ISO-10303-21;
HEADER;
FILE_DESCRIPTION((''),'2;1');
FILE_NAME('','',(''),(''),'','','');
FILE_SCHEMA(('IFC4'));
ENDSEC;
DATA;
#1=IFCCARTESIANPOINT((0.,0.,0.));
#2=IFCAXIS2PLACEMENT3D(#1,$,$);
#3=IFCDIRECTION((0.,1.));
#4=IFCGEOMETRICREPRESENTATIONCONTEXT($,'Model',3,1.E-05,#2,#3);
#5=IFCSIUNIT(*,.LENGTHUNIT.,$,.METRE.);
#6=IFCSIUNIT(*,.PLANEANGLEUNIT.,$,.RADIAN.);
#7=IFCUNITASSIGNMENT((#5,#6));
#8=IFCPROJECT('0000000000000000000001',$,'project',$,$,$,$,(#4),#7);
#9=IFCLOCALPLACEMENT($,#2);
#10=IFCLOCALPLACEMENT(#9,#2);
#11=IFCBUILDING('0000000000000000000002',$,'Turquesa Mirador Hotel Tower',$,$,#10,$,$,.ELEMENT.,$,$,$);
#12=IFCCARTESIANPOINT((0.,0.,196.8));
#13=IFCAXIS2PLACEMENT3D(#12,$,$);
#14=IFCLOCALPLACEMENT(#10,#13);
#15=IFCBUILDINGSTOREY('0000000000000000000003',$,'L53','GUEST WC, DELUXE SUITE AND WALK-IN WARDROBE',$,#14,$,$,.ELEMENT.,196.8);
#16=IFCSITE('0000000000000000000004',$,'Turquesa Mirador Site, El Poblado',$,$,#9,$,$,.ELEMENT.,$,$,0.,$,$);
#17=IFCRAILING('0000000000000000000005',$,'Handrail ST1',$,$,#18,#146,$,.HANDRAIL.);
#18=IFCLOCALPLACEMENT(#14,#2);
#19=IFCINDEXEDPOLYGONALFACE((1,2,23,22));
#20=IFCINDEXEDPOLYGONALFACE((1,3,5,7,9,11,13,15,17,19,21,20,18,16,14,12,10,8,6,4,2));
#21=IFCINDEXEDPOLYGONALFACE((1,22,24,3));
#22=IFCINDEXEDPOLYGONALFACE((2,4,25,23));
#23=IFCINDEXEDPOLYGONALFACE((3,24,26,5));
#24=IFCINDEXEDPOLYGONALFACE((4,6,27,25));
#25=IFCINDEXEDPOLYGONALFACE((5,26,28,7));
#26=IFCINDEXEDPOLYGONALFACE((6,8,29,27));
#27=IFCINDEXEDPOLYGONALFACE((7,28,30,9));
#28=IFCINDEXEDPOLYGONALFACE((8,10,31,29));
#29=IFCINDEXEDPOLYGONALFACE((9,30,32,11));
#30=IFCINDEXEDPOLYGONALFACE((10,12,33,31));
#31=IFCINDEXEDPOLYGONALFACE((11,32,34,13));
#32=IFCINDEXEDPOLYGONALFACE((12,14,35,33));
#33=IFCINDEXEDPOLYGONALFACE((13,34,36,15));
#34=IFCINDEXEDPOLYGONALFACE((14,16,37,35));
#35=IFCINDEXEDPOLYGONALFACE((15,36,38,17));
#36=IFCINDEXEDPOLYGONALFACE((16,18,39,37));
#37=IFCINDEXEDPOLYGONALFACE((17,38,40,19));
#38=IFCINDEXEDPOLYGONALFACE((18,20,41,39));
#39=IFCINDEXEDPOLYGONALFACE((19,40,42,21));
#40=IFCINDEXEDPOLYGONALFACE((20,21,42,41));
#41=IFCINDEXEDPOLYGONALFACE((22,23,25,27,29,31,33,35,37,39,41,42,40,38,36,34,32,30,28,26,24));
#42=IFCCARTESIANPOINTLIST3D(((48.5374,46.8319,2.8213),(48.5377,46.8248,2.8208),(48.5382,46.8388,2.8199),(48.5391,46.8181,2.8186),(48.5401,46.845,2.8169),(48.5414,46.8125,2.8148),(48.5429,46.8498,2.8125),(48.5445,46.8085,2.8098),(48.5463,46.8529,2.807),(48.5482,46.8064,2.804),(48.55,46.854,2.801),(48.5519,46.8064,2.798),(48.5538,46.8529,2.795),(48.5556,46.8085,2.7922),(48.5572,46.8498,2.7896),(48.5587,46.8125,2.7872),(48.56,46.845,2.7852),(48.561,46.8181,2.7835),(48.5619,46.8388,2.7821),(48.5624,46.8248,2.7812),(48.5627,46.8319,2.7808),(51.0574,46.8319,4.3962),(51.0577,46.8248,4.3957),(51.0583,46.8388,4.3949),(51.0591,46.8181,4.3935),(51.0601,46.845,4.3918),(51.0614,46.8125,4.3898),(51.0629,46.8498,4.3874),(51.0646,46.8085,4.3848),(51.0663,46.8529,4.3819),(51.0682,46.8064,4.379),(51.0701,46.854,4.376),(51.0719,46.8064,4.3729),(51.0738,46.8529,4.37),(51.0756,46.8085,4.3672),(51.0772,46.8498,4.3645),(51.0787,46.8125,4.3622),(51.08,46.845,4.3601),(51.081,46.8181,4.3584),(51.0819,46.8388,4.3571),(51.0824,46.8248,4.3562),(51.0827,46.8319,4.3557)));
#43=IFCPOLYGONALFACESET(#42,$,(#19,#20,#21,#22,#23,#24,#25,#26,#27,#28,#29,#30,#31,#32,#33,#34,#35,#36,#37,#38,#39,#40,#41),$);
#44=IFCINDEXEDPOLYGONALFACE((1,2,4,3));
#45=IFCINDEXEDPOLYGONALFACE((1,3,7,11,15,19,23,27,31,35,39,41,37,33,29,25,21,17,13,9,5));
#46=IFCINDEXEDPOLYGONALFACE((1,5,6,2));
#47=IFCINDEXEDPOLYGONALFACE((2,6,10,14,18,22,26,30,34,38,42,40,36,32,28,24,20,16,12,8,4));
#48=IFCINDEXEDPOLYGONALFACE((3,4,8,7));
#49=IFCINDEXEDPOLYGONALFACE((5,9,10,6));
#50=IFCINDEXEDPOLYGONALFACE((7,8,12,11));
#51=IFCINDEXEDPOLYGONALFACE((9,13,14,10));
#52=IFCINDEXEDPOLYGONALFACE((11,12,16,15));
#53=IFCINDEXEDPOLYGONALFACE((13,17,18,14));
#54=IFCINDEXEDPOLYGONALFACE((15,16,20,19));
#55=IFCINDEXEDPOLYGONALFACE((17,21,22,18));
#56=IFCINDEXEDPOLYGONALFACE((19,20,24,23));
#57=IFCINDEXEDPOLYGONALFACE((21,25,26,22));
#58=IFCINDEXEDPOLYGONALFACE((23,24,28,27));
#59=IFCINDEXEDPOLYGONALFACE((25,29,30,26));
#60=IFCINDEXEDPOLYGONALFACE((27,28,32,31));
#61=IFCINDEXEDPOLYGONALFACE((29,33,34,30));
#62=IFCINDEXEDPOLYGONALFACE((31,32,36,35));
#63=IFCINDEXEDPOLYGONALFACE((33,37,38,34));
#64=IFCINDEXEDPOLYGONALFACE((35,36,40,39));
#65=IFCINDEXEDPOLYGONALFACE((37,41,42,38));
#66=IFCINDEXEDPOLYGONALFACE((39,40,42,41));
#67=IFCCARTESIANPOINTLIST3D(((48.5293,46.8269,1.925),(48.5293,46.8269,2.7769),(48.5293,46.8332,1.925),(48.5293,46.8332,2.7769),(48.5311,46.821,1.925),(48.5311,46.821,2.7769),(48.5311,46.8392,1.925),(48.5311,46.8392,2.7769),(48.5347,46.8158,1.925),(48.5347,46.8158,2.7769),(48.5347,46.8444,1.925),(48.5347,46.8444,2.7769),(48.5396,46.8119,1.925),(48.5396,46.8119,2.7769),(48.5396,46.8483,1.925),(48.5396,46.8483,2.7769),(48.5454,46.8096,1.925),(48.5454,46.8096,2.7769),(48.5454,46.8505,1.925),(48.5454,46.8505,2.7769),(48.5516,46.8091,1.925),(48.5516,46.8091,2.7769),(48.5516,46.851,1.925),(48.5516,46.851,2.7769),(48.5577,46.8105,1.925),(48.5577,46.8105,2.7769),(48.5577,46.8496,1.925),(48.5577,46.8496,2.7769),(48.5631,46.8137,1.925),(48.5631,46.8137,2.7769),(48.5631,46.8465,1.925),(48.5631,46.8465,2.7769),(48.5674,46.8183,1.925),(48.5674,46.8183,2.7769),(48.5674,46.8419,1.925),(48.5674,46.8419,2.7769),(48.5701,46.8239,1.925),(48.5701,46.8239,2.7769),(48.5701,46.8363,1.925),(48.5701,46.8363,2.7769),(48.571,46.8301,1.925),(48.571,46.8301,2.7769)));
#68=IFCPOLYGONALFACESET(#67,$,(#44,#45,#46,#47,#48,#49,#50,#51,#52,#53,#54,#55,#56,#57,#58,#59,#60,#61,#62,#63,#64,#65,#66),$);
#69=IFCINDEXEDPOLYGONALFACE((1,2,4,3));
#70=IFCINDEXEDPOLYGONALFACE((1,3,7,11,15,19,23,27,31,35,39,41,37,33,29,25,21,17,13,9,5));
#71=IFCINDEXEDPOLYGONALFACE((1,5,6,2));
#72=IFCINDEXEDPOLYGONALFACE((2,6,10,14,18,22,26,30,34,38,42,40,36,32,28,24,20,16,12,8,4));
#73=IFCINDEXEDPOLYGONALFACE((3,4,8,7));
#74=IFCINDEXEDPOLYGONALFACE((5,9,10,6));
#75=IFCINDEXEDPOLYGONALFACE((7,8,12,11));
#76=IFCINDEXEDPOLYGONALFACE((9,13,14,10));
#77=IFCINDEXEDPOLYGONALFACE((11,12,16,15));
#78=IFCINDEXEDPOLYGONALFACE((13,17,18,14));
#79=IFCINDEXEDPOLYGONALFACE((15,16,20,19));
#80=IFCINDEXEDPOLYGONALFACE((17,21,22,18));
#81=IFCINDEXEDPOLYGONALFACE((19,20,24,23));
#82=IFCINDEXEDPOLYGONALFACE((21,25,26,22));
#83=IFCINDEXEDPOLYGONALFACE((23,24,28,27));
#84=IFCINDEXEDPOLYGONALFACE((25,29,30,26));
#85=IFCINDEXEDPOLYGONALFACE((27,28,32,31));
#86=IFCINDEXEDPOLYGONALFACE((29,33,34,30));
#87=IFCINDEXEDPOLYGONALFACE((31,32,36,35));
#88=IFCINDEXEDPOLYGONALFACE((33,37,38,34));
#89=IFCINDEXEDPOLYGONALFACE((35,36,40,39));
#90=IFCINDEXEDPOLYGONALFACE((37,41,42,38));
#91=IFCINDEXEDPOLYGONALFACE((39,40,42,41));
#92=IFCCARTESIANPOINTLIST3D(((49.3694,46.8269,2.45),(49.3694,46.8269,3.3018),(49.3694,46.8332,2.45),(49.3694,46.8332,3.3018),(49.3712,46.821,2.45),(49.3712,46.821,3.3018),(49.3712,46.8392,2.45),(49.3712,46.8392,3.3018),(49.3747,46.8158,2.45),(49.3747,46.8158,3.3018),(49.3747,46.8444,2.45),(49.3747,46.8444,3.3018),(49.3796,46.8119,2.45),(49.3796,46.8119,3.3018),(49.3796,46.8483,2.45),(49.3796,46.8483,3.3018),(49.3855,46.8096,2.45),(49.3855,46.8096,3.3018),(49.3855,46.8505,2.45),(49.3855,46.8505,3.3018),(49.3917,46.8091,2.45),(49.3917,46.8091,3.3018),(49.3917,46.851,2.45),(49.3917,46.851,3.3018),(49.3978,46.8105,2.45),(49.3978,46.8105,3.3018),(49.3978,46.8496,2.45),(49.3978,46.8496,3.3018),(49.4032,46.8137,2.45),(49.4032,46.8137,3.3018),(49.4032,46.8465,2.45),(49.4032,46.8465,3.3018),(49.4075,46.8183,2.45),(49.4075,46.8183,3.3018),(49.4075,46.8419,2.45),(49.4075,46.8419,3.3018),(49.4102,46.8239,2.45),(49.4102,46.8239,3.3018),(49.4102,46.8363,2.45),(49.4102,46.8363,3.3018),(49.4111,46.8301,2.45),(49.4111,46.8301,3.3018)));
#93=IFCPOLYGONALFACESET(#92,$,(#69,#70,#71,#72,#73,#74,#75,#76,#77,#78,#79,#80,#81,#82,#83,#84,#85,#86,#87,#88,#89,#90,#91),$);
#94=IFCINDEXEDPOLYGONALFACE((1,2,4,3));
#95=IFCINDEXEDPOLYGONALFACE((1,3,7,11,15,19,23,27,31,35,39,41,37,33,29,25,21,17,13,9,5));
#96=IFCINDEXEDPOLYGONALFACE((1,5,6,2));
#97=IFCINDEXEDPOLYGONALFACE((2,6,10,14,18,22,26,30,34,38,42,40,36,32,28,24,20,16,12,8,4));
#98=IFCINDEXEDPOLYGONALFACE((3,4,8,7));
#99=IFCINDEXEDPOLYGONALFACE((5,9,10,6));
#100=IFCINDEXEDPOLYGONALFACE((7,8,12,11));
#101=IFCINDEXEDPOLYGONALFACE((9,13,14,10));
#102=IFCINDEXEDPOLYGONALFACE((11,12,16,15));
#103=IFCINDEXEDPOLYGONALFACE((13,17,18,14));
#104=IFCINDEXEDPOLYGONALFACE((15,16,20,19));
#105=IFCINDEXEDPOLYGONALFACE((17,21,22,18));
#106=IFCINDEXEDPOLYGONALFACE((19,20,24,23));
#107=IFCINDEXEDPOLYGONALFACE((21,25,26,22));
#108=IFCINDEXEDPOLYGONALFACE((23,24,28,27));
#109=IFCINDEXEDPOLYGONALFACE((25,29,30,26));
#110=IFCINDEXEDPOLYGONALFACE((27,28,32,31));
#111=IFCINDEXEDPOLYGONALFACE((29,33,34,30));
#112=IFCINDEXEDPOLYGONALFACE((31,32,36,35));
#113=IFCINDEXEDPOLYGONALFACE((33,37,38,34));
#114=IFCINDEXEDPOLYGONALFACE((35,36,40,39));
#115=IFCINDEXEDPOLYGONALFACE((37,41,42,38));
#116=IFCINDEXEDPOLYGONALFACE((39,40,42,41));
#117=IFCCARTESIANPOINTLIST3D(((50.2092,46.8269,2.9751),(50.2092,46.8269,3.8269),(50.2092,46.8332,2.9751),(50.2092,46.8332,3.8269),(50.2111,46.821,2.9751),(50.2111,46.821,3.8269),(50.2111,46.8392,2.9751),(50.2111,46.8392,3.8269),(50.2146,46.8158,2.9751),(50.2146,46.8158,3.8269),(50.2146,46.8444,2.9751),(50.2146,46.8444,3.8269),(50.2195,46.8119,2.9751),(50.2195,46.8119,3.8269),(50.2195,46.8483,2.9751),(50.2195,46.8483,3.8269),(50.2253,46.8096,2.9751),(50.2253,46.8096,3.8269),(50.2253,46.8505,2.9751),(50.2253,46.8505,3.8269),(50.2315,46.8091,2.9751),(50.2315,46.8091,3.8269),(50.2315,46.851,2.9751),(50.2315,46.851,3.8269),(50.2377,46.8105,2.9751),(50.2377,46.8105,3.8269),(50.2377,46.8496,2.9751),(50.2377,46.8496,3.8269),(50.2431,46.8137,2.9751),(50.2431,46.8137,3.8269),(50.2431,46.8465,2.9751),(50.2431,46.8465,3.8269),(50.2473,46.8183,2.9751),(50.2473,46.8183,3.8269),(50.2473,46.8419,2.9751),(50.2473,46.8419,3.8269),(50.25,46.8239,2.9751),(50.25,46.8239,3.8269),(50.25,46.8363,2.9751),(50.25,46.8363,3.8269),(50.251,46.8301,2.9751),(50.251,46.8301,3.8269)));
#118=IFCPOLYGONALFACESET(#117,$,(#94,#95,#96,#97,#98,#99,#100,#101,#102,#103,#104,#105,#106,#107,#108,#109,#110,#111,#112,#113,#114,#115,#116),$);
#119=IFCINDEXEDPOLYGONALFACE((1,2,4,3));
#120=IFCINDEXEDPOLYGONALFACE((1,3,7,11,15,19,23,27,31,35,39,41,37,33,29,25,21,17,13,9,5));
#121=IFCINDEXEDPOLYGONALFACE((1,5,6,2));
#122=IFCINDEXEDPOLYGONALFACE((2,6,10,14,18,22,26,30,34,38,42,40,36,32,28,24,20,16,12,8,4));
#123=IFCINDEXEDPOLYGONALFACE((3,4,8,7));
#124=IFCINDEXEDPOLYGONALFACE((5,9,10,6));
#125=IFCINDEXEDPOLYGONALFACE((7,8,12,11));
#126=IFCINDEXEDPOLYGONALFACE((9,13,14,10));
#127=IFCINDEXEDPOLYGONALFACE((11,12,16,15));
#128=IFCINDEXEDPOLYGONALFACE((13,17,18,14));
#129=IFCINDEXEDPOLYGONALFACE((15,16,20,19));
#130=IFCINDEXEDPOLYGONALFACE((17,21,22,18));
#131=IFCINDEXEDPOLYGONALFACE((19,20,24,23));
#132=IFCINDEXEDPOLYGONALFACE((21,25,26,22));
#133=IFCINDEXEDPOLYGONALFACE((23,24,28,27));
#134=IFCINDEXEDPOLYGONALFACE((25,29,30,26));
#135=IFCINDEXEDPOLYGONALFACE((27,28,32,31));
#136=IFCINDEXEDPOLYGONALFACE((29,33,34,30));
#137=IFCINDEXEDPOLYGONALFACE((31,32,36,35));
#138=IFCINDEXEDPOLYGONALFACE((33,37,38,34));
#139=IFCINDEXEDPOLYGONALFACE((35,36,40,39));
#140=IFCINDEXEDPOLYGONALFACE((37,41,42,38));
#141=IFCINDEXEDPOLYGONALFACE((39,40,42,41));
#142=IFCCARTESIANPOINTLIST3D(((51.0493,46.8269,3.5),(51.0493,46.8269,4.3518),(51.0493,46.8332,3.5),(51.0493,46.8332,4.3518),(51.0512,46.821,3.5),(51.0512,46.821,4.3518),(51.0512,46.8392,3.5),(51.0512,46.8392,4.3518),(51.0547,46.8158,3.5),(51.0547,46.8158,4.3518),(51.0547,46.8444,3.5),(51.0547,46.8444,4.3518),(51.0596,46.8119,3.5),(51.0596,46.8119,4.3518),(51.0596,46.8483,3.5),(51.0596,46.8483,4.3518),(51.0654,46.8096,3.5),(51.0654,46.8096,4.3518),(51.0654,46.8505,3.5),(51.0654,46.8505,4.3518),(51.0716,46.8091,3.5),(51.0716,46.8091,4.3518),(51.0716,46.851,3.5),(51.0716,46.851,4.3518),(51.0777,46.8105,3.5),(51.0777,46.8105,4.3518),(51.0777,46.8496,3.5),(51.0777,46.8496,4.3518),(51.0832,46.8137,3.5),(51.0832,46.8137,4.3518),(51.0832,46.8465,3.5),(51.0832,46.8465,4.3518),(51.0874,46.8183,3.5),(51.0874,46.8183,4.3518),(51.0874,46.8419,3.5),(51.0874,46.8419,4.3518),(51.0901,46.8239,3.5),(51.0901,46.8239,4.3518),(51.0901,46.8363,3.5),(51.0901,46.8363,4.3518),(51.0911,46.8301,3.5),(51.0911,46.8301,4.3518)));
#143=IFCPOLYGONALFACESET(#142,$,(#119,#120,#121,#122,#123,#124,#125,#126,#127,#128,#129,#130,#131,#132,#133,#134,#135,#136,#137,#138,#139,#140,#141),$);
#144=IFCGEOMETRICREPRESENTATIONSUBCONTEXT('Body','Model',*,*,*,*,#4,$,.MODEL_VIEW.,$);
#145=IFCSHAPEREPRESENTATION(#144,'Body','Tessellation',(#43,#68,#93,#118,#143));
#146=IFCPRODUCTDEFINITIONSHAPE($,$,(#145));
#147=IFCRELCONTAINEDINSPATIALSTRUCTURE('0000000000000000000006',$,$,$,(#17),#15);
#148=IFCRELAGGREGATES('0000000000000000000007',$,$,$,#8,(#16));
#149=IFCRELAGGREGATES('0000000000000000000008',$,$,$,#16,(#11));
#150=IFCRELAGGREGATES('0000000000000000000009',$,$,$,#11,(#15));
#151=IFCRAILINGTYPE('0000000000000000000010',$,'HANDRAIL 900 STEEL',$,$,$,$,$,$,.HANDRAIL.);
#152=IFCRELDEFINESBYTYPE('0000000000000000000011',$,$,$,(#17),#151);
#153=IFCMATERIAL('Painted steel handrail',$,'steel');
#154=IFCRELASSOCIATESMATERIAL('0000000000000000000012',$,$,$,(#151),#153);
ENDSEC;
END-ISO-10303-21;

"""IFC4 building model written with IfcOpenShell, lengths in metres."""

from ifc_helpers import new_model, si_unit, direction, frame, origin, origin_2d, place, context, subcontext, project, spatial, circle, extrude, material, type_object, element, save


model = new_model("IFC4")

# Units and contexts
model_context = context("Model", 3, precision=1e-05, world=origin(), true_north=direction((0.0, 1.0)))
body_context = subcontext(model_context, "Body", "Model", "MODEL_VIEW")
ifc_project = project(units=[si_unit("LENGTHUNIT", "METRE"), si_unit("PLANEANGLEUNIT", "RADIAN")], contexts=[model_context])

# Site, building, storey
site_placement = place(None, origin())
site = spatial("IfcSite", under=ifc_project, at=site_placement, Name="Turquesa Mirador Site, El Poblado", CompositionType="ELEMENT", RefElevation=0.0)
building_placement = place(site_placement, origin())
building = spatial("IfcBuilding", under=site, at=building_placement, Name="Turquesa Mirador Hotel Tower", CompositionType="ELEMENT")
storey_placement = place(building_placement, frame((0.0, 0.0, 196.8)))
storey = spatial("IfcBuildingStorey", under=building, at=storey_placement, Name="L53", Description="GUEST WC, DELUXE SUITE AND WALK-IN WARDROBE", CompositionType="ELEMENT", Elevation=196.8)

# Railing
ifc_material_1 = material(Name="Painted steel handrail", Category="steel")
railing_type = type_object("IfcRailingType", Name="HANDRAIL 900 STEEL", PredefinedType="HANDRAIL", material=ifc_material_1)
for number, where, name in (
    (1, (48.55, 46.8301, 1.925), "Handrail ST1"),
):
    element("IfcRailing", number, at=place(storey_placement, frame(where)), inside=storey, type_object=railing_type, Name=name, PredefinedType="HANDRAIL", context=body_context, shape_type="SweptSolid", body=[
        extrude(circle(Radius=0.0239, at=origin_2d()), frame((0.0, 0.0, 0.876), z_axis=(0.848008, 0.0, 0.529984), x_axis=(0.0, 1.0, 0.0)), (0.0, 0.0, 1.0), 2.9717),
        extrude(circle(Radius=0.021, at=origin_2d()), origin(), (0.0, 0.0, 1.0), 0.8518),
        extrude(circle(Radius=0.021, at=origin_2d()), frame((0.8401, 0.0, 0.5249)), (0.0, 0.0, 1.0), 0.8518),
        extrude(circle(Radius=0.021, at=origin_2d()), frame((1.6799, 0.0, 1.05)), (0.0, 0.0, 1.0), 0.8518),
        extrude(circle(Radius=0.021, at=origin_2d()), frame((2.52, 0.0, 1.575)), (0.0, 0.0, 1.0), 0.8518),
    ])

save(model, "model.ifc")
